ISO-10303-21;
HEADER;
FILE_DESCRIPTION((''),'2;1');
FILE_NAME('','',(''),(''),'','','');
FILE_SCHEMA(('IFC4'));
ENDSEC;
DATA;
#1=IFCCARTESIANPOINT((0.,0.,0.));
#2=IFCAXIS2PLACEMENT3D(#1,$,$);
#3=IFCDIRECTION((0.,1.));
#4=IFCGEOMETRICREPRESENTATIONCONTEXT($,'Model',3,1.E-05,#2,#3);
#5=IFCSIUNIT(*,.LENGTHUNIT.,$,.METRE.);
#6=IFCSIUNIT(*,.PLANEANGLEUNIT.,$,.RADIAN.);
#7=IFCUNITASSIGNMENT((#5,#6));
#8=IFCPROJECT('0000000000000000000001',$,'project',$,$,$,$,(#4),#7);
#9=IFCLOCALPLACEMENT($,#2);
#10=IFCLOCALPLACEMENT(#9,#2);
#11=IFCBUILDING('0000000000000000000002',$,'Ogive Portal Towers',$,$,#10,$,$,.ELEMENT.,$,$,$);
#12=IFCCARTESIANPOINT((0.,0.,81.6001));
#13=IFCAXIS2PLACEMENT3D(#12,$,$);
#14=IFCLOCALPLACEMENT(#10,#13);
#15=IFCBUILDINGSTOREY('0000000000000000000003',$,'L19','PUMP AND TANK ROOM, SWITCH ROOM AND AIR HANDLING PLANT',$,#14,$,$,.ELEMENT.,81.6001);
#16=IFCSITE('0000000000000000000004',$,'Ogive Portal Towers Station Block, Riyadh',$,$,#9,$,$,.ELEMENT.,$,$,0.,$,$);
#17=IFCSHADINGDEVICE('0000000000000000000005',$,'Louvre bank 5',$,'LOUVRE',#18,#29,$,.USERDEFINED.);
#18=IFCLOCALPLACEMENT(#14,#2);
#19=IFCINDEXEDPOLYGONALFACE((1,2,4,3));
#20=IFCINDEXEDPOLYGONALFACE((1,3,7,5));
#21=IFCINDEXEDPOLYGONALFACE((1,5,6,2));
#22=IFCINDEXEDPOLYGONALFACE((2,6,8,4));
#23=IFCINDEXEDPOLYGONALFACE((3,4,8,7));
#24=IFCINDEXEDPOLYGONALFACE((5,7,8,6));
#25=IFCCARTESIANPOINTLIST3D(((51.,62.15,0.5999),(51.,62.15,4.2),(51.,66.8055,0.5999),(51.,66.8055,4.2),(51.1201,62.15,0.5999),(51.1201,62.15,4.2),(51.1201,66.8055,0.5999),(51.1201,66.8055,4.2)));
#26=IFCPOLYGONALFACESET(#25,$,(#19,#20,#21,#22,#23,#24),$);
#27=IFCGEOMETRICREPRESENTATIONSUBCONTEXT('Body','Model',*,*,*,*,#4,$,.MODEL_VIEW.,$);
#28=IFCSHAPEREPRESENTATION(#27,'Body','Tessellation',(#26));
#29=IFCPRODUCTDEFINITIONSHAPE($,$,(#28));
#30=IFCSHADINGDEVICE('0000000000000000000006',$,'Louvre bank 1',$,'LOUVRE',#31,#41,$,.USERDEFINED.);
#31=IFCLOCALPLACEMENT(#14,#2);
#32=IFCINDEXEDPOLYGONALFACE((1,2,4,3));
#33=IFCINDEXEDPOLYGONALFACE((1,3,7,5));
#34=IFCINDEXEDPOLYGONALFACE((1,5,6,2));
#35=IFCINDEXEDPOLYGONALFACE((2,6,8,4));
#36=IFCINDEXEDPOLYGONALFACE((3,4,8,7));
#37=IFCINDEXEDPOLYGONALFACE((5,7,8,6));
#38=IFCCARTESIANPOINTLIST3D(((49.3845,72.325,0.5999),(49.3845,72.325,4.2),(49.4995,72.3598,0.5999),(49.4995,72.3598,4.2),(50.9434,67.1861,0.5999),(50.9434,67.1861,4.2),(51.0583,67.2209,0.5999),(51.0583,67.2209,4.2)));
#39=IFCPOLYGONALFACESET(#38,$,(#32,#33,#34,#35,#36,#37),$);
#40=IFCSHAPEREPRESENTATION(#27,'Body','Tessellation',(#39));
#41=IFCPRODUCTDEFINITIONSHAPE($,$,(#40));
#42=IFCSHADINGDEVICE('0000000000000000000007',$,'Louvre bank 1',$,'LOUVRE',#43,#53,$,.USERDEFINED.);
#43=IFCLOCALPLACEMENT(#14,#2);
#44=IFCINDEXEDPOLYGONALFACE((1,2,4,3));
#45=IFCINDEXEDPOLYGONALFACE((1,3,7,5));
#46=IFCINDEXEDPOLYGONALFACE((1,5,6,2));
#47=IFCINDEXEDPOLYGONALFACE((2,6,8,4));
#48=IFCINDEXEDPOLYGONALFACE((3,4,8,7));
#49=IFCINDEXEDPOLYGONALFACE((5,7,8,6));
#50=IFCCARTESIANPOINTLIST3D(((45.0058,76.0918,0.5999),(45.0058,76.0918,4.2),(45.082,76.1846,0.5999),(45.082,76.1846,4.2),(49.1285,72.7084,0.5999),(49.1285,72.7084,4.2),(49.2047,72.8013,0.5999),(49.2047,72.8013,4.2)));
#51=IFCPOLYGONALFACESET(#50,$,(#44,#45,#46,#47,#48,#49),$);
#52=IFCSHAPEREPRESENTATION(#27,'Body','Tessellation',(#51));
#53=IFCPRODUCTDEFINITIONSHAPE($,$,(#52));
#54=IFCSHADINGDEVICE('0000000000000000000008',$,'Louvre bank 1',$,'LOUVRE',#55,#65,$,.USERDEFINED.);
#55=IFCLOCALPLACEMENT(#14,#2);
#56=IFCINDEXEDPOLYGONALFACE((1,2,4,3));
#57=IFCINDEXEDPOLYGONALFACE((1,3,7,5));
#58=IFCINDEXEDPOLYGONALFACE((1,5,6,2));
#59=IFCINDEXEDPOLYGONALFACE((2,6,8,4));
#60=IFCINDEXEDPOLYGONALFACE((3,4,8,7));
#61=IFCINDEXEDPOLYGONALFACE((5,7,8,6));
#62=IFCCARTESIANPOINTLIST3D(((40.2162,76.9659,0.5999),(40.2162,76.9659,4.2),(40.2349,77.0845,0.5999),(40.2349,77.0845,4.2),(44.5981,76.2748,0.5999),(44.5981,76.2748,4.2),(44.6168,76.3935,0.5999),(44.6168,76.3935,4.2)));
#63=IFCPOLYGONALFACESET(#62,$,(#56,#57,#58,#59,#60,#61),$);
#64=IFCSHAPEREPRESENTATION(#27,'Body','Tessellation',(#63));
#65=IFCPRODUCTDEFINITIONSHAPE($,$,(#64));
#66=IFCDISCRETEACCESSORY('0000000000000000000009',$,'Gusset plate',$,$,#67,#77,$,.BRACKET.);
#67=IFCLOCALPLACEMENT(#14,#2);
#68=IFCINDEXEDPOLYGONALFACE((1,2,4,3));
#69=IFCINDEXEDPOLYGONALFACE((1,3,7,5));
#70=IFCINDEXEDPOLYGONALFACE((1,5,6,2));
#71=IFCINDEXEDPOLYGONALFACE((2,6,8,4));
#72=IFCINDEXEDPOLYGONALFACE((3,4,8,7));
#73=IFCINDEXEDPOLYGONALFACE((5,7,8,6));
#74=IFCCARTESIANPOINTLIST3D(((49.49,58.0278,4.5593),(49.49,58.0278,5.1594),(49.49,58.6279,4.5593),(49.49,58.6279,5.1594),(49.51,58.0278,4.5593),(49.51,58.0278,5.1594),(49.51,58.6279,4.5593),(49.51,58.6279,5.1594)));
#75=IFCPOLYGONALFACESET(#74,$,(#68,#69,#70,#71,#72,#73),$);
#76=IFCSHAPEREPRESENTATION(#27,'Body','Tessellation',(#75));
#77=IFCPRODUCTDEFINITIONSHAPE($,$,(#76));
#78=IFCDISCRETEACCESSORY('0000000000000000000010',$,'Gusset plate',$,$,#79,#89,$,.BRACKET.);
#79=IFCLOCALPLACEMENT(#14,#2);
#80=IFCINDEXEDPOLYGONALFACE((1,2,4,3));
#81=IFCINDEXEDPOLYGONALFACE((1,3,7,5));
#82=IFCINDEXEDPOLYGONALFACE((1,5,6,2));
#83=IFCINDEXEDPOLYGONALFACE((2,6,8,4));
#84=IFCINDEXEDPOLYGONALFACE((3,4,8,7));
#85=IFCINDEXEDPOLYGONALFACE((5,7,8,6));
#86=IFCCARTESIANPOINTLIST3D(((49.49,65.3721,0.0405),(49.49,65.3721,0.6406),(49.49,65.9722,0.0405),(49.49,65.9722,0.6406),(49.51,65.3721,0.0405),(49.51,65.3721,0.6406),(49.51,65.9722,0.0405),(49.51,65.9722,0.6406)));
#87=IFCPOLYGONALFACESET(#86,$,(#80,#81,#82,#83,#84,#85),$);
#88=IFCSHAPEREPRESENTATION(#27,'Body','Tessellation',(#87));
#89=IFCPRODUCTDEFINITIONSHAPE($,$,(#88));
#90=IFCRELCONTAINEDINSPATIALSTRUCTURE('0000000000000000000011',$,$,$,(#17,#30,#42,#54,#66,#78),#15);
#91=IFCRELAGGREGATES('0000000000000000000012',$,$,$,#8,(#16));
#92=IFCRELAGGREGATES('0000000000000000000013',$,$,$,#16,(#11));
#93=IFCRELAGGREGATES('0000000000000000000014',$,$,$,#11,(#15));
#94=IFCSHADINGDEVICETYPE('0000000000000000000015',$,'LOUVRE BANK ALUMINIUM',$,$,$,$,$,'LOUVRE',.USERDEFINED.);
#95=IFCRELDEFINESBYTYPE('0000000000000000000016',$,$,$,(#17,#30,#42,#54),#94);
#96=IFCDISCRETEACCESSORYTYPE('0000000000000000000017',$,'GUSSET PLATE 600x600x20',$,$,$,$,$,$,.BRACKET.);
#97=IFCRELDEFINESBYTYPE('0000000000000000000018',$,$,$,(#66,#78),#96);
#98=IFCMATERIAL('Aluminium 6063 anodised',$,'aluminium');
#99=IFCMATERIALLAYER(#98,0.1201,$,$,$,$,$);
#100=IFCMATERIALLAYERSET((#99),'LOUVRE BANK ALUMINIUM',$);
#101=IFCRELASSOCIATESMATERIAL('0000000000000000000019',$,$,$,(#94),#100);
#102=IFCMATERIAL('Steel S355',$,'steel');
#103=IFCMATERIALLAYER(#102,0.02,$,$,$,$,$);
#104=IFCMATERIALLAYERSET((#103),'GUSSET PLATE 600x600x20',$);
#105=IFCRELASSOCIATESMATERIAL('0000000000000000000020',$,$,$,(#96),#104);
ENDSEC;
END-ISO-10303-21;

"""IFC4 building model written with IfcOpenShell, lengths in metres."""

from ifc_helpers import new_model, si_unit, direction, frame, origin, origin_2d, place, context, subcontext, project, spatial, rectangle, extrude, material, layer, layer_set, type_object, element, save


model = new_model("IFC4")

# Units and contexts
model_context = context("Model", 3, precision=1e-05, world=origin(), true_north=direction((0.0, 1.0)))
body_context = subcontext(model_context, "Body", "Model", "MODEL_VIEW")
ifc_project = project(units=[si_unit("LENGTHUNIT", "METRE"), si_unit("PLANEANGLEUNIT", "RADIAN")], contexts=[model_context])

# Site, building, storey
site_placement = place(None, origin())
site = spatial("IfcSite", under=ifc_project, at=site_placement, Name="Ogive Portal Towers Station Block, Riyadh", CompositionType="ELEMENT", RefElevation=0.0)
building_placement = place(site_placement, origin())
building = spatial("IfcBuilding", under=site, at=building_placement, Name="Ogive Portal Towers", CompositionType="ELEMENT")
storey_placement = place(building_placement, frame((0.0, 0.0, 81.6001)))
storey = spatial("IfcBuildingStorey", under=building, at=storey_placement, Name="L19", Description="PUMP AND TANK ROOM, SWITCH ROOM AND AIR HANDLING PLANT", CompositionType="ELEMENT", Elevation=81.6001)

# Shared definitions
ifc_material_1 = material(Name="Steel S355", Category="steel")

# Shading devices
ifc_material_2 = material(Name="Aluminium 6063 anodised", Category="aluminium")
ifc_layer_1 = layer(ifc_material_2, 0.1201)
ifc_layer_set_1 = layer_set([ifc_layer_1], Name="LOUVRE BANK ALUMINIUM")
shading_device_type = type_object("IfcShadingDeviceType", Name="LOUVRE BANK ALUMINIUM", ElementType="LOUVRE", PredefinedType="USERDEFINED", material=ifc_layer_set_1)
shading_device_1_placement = place(storey_placement, frame((51.0601, 64.4778, 0.5999), z_axis=(0.0, 0.0, 1.0), x_axis=(0.0, 1.0, 0.0)))
element("IfcShadingDevice", 1, at=shading_device_1_placement, inside=storey, type_object=shading_device_type, Name="Louvre bank 5", ObjectType="LOUVRE", PredefinedType="USERDEFINED", context=body_context, shape_type="SweptSolid", body=[
    extrude(rectangle(XDim=4.6555, YDim=0.1201, at=origin_2d()), origin(), (0.0, 0.0, 1.0), 3.6001),
])
shading_device_2_placement = place(storey_placement, frame((50.2214, 69.7729, 0.5999), z_axis=(0.0, 0.0, 1.0), x_axis=(-0.290285, 0.95694, 0.0)))
element("IfcShadingDevice", 2, at=shading_device_2_placement, inside=storey, type_object=shading_device_type, Name="Louvre bank 1", ObjectType="LOUVRE", PredefinedType="USERDEFINED", context=body_context, shape_type="SweptSolid", body=[
    extrude(rectangle(XDim=5.3701, YDim=0.1201, at=origin_2d()), origin(), (0.0, 0.0, 1.0), 3.6001),
])
shading_device_3_placement = place(storey_placement, frame((47.1052, 74.4465, 0.5999), z_axis=(0.0, 0.0, 1.0), x_axis=(-0.77301, 0.634393, 0.0)))
element("IfcShadingDevice", 3, at=shading_device_3_placement, inside=storey, type_object=shading_device_type, Name="Louvre bank 1", ObjectType="LOUVRE", PredefinedType="USERDEFINED", context=body_context, shape_type="SweptSolid", body=[
    extrude(rectangle(XDim=5.3333, YDim=0.1201, at=origin_2d()), origin(), (0.0, 0.0, 1.0), 3.6001),
])
shading_device_4_placement = place(storey_placement, frame((42.4165, 76.6797, 0.5999), z_axis=(0.0, 0.0, 1.0), x_axis=(-0.987792, 0.155777, 0.0)))
element("IfcShadingDevice", 4, at=shading_device_4_placement, inside=storey, type_object=shading_device_type, Name="Louvre bank 1", ObjectType="LOUVRE", PredefinedType="USERDEFINED", context=body_context, shape_type="SweptSolid", body=[
    extrude(rectangle(XDim=4.436, YDim=0.1201, at=origin_2d()), origin(), (0.0, 0.0, 1.0), 3.6001),
])

# Discrete accessories
ifc_layer_2 = layer(ifc_material_1, 0.02)
ifc_layer_set_2 = layer_set([ifc_layer_2], Name="GUSSET PLATE 600x600x20")
discrete_accessory_type = type_object("IfcDiscreteAccessoryType", Name="GUSSET PLATE 600x600x20", PredefinedType="BRACKET", material=ifc_layer_set_2)
for number, where, z_axis, x_axis, name in (
    (5, (49.5, 58.3279, 4.5593), (0.0, 0.0, 1.0), (0.0, 1.0, 0.0), "Gusset plate"),
    (6, (49.5, 65.6721, 0.0405), (0.0, 0.0, 1.0), (0.0, 1.0, 0.0), "Gusset plate"),
):
    element("IfcDiscreteAccessory", number, at=place(storey_placement, frame(where, z_axis=z_axis, x_axis=x_axis)), inside=storey, type_object=discrete_accessory_type, Name=name, PredefinedType="BRACKET", context=body_context, shape_type="SweptSolid", body=[
        extrude(rectangle(XDim=0.6001, YDim=0.02, at=origin_2d()), origin(), (0.0, 0.0, 1.0), 0.6001),
    ])

save(model, "model.ifc")
